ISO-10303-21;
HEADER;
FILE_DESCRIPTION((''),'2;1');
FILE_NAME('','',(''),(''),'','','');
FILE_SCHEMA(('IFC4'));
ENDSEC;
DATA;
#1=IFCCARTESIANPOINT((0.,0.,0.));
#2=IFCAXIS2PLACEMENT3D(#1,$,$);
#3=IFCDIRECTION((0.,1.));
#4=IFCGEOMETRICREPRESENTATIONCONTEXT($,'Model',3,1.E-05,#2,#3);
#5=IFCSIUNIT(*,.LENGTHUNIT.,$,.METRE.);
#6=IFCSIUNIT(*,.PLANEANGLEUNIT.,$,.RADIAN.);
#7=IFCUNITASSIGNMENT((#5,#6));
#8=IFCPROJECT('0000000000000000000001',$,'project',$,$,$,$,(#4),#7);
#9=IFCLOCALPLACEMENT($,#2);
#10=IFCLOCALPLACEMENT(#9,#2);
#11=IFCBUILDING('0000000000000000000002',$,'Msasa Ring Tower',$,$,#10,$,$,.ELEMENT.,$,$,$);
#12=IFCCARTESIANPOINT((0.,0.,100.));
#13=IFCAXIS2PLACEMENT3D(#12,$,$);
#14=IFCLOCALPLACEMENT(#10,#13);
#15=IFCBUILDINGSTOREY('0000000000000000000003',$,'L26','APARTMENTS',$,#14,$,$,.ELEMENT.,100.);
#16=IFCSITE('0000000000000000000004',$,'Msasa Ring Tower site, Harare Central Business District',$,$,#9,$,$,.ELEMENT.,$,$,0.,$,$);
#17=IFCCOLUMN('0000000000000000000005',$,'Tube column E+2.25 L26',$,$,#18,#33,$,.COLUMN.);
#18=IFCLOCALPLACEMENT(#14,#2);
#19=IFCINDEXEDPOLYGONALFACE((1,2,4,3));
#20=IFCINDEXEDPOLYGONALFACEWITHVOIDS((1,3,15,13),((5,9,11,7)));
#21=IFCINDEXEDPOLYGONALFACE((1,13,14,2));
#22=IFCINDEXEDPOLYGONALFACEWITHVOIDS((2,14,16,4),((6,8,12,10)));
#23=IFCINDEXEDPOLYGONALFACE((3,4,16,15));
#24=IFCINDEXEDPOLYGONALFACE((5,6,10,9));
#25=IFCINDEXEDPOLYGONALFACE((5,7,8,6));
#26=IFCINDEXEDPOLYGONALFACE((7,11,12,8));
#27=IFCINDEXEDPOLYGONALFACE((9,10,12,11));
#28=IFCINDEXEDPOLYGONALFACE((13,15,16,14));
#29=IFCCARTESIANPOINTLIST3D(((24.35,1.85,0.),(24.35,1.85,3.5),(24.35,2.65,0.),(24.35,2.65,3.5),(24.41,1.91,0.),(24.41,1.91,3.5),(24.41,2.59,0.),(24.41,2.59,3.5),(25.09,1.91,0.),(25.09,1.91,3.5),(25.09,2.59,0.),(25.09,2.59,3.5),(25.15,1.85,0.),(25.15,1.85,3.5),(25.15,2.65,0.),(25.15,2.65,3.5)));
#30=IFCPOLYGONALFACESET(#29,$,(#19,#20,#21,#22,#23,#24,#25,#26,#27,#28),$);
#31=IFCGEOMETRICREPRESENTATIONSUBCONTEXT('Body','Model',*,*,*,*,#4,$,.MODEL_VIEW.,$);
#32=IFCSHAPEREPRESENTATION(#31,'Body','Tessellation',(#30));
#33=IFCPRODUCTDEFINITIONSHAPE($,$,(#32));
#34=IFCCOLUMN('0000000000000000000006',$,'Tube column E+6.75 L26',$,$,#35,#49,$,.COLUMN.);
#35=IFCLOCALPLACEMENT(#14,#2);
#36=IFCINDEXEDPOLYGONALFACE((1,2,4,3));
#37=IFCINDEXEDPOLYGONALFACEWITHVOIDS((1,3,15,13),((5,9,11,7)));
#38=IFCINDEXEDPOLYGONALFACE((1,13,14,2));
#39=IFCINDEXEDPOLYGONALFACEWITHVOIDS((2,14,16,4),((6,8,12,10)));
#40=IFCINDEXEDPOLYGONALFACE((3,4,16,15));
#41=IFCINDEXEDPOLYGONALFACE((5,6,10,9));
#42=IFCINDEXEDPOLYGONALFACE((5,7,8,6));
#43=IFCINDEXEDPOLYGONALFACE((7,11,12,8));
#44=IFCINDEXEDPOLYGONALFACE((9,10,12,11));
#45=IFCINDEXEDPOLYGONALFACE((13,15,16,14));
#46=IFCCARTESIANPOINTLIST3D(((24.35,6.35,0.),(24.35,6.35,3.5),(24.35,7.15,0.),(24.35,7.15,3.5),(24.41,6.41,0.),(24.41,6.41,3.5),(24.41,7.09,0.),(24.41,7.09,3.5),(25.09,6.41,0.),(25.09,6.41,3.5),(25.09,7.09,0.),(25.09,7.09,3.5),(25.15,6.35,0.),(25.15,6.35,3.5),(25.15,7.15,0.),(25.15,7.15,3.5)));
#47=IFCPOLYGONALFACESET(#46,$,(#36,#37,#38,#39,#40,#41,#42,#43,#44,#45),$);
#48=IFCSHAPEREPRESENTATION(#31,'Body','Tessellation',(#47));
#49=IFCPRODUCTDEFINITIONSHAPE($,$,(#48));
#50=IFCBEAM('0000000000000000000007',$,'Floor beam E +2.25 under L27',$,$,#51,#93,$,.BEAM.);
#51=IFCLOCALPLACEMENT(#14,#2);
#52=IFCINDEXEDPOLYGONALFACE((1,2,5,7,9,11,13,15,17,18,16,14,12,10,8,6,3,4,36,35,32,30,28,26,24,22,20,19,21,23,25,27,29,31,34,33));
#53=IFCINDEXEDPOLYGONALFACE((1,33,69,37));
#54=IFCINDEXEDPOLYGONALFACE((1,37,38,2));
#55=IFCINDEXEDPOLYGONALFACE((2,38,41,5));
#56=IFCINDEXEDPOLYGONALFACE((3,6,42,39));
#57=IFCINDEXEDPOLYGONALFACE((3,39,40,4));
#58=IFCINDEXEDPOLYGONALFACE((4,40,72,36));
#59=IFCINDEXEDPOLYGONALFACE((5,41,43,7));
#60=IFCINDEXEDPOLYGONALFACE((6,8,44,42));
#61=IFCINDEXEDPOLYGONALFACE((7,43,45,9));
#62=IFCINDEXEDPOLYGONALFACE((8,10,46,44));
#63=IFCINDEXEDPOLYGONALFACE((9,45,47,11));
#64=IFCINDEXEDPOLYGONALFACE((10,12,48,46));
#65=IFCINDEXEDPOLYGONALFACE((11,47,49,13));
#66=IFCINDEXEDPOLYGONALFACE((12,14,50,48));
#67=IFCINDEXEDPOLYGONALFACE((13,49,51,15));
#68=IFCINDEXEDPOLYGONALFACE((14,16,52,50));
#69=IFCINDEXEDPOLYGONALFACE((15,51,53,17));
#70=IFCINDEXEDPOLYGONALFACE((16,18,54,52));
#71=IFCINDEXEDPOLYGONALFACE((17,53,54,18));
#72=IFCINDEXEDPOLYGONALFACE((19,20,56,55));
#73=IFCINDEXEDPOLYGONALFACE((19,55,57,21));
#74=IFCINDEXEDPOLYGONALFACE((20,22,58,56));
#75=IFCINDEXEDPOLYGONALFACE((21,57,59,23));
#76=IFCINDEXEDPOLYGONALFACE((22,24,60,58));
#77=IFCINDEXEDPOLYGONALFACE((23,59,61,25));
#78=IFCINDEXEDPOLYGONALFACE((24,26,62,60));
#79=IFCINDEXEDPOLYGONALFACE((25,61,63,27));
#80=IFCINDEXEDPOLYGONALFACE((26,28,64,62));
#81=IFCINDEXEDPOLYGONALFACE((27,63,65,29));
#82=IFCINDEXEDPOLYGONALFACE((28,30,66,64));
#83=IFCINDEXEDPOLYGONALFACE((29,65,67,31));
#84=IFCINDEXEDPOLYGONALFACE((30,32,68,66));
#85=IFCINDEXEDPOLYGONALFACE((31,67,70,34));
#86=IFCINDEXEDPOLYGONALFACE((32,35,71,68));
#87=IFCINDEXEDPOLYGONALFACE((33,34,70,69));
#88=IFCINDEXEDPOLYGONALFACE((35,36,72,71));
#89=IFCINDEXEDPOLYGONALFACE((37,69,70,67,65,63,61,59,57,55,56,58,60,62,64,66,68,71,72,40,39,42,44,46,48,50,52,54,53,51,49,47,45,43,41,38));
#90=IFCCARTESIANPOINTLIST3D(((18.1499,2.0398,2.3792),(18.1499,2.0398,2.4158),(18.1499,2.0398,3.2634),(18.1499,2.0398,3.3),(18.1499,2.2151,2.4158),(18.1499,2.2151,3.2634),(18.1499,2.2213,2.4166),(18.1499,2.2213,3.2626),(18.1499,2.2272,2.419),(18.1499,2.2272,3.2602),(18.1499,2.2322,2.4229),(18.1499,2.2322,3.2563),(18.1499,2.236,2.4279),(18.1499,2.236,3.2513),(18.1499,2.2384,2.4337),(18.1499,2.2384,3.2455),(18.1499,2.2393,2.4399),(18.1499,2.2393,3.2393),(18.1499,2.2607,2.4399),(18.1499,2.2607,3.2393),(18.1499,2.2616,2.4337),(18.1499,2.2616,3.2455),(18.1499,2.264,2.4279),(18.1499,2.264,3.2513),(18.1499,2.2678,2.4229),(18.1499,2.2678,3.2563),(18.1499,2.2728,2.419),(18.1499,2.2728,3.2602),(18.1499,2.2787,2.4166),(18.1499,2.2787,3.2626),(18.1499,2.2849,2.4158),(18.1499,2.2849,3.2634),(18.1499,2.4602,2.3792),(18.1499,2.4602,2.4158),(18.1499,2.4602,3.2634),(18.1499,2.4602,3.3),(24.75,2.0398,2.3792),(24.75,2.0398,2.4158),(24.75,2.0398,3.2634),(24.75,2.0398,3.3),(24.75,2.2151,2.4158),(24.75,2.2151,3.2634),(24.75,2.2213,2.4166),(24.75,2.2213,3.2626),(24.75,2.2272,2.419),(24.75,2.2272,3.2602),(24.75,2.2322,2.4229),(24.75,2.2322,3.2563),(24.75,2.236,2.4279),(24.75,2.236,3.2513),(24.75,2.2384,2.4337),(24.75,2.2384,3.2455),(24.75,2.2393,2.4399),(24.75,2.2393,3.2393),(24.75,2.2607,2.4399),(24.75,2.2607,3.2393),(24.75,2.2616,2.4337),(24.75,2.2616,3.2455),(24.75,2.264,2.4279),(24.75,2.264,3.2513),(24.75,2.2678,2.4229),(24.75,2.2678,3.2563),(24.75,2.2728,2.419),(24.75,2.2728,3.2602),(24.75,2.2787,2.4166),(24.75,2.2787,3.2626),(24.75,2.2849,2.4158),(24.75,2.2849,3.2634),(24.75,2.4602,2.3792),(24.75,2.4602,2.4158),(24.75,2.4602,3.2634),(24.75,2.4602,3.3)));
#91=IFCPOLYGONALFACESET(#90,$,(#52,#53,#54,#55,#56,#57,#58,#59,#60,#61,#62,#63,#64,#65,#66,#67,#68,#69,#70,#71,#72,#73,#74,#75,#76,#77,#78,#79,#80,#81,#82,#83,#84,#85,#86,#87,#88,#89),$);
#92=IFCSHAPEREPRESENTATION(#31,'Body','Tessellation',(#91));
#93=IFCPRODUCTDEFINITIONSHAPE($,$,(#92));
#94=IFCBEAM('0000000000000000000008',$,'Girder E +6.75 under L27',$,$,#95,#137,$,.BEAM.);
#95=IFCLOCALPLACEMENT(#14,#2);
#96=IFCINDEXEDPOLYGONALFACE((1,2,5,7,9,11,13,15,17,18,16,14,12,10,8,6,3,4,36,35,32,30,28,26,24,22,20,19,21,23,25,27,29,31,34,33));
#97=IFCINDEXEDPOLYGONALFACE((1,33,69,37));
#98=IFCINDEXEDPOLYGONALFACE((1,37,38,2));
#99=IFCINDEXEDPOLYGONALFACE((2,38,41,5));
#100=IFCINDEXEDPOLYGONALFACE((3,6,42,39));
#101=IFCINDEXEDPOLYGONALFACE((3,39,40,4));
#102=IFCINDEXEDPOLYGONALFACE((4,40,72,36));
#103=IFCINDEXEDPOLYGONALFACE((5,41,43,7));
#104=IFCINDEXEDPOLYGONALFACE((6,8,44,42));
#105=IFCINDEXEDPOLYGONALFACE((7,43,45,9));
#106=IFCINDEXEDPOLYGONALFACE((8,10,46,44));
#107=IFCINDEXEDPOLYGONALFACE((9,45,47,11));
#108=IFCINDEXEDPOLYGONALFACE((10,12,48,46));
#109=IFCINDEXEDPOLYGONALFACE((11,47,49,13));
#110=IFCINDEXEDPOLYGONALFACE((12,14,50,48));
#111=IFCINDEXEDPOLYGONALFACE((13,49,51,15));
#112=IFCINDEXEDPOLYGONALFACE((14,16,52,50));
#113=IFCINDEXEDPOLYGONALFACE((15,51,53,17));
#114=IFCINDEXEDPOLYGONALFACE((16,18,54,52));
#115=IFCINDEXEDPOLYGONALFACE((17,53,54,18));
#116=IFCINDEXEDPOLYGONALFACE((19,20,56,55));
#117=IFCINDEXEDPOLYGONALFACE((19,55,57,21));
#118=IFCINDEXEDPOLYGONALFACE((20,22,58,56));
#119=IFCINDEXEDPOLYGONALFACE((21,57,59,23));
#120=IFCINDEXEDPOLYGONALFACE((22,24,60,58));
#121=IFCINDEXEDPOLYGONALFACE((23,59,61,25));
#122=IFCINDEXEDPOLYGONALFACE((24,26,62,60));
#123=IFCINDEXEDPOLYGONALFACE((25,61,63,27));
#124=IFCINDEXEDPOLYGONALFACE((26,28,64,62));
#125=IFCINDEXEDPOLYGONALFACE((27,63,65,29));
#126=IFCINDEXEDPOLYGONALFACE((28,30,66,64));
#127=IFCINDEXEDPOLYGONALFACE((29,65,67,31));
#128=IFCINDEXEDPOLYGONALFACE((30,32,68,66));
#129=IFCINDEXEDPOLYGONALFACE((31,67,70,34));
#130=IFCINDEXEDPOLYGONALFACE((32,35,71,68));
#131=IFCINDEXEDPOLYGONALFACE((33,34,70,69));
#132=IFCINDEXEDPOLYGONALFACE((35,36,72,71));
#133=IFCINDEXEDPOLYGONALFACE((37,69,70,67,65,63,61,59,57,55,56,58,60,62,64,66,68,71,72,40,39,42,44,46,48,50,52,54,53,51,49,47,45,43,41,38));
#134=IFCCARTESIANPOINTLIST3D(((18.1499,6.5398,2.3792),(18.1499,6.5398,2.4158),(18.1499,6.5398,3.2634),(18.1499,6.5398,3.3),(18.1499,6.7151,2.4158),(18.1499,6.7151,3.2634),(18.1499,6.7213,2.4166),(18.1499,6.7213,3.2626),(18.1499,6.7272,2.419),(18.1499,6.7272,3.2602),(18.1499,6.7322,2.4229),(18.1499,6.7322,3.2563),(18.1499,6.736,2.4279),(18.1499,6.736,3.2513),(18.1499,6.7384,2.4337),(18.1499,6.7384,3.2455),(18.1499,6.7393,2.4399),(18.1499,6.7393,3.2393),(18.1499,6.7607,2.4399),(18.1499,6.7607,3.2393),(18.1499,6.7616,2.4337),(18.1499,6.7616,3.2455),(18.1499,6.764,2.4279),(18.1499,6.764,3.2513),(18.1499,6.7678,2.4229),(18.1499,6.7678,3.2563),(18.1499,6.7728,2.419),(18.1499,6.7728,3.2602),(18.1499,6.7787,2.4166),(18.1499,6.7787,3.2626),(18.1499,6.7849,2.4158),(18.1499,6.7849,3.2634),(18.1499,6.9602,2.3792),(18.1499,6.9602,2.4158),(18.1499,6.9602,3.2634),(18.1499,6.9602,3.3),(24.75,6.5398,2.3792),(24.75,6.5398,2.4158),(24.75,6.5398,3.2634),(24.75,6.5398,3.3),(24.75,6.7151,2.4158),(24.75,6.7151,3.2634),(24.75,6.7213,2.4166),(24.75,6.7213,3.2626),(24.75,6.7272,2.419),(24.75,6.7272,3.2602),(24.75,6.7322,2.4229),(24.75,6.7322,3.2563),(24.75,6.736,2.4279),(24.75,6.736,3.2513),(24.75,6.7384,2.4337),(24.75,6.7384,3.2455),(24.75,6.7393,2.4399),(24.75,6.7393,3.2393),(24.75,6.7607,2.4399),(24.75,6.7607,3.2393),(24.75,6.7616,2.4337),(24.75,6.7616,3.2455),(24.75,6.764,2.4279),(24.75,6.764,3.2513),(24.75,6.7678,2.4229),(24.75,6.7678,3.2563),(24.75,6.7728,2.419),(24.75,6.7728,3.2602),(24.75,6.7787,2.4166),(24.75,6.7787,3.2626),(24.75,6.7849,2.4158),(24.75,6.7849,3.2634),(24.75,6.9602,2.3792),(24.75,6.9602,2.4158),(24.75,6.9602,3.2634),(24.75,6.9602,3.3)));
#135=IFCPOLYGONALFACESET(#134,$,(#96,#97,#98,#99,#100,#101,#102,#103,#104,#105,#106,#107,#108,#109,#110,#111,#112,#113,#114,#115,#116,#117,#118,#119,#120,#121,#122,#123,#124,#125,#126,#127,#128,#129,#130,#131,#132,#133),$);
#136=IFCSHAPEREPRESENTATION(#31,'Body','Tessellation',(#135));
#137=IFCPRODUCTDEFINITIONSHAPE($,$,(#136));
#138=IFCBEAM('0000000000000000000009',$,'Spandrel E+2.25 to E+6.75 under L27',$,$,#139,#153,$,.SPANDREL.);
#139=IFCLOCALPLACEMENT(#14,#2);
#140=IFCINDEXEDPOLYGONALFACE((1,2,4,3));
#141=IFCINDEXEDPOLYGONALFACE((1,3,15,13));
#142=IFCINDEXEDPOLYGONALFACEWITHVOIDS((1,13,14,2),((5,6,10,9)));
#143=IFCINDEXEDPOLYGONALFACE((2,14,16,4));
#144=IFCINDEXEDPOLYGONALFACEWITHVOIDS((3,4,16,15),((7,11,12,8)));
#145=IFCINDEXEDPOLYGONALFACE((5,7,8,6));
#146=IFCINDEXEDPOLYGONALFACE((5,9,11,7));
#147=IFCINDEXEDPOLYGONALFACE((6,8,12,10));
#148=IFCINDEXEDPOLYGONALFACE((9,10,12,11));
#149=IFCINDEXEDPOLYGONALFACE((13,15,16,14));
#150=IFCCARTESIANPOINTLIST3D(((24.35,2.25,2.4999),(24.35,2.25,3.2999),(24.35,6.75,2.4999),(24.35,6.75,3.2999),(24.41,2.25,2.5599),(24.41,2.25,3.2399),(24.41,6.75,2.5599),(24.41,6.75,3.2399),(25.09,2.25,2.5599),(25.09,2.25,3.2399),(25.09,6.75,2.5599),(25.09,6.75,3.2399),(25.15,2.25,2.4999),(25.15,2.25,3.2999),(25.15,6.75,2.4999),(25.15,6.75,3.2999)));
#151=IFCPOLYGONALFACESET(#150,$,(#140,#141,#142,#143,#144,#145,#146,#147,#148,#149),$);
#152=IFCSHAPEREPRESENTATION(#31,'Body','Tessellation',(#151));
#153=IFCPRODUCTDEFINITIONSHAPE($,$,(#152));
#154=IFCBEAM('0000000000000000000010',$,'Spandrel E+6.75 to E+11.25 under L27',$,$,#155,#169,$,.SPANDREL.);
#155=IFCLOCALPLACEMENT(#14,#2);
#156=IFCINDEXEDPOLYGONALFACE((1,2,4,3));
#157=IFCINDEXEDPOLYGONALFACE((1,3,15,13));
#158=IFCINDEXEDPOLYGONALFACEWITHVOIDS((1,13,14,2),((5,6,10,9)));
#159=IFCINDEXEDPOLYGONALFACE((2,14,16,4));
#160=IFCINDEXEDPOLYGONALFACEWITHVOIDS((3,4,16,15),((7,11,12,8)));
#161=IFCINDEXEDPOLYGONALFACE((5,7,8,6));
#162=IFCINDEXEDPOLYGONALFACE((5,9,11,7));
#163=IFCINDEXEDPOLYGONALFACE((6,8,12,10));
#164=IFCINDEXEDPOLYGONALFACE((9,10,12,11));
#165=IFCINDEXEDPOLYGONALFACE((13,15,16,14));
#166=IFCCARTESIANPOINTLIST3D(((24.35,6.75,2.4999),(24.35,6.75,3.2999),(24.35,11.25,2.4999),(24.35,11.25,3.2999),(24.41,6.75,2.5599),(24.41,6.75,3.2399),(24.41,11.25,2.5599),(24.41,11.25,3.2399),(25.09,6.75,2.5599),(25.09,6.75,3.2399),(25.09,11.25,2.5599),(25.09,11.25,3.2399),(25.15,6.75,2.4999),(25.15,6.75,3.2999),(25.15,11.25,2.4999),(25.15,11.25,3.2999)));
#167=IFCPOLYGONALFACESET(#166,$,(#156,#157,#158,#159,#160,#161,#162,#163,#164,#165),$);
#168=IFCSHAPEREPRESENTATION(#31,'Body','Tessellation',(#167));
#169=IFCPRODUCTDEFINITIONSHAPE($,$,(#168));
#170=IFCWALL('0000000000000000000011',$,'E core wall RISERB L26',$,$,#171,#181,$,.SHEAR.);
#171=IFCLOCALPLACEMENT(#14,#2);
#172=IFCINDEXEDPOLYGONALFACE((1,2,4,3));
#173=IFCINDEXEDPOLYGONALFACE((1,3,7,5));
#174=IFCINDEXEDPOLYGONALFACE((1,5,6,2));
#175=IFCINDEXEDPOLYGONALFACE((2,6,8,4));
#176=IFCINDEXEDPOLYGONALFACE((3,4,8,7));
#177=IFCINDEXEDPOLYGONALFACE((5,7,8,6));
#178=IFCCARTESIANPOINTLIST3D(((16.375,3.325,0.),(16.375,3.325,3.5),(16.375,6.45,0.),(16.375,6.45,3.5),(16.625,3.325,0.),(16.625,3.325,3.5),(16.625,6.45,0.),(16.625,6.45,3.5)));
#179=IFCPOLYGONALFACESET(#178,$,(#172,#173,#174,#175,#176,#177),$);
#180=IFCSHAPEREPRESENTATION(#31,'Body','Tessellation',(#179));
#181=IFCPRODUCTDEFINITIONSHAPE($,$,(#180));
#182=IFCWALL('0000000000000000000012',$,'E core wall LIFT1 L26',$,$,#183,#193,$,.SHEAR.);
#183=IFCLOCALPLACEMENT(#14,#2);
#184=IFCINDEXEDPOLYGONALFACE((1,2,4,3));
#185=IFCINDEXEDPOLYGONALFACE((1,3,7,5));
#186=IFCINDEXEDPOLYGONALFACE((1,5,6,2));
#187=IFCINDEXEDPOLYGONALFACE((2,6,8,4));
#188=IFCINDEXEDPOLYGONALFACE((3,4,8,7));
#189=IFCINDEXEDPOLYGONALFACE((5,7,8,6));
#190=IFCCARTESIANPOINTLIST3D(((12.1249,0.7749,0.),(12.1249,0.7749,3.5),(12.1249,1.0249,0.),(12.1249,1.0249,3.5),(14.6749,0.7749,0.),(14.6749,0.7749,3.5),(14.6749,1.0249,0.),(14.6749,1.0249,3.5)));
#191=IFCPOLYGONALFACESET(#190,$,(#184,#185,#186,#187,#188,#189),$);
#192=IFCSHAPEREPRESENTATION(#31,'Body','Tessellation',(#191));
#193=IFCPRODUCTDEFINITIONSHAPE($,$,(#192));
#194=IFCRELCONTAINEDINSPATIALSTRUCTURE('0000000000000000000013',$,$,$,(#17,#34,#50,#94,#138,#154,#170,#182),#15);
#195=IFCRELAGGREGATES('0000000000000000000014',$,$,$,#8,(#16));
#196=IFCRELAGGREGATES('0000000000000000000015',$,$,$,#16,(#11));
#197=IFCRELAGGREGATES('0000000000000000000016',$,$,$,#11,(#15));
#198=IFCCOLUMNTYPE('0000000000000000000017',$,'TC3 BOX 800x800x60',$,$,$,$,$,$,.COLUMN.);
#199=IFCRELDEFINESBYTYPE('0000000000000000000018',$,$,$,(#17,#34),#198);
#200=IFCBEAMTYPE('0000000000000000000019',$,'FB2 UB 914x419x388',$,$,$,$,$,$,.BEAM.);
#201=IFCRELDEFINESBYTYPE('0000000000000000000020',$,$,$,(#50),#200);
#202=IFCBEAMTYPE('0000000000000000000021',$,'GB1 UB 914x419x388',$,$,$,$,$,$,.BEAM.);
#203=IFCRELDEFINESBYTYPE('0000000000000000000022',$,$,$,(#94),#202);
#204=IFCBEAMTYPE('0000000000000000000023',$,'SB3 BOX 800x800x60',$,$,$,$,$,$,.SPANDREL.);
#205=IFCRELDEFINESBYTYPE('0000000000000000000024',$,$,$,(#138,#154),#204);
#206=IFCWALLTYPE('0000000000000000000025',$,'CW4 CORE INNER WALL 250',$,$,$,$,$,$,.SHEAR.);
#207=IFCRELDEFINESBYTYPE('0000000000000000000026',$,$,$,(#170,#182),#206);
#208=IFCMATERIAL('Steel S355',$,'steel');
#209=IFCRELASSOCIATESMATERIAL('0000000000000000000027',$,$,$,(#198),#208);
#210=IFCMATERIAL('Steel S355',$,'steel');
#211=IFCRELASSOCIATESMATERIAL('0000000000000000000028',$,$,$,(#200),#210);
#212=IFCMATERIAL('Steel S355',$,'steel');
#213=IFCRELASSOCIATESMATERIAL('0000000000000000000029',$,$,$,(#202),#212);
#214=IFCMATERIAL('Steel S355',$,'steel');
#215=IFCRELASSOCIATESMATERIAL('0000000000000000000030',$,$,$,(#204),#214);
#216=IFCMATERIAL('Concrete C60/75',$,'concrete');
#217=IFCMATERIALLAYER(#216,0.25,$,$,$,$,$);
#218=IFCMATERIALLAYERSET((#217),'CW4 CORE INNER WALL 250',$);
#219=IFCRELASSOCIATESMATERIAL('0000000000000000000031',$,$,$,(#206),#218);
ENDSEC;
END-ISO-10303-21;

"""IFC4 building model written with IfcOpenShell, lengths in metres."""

from ifc_helpers import new_model, si_unit, direction, frame, frame_2d, origin, origin_2d, place, context, subcontext, project, spatial, rectangle, hollow_rectangle, i_section, extrude, material, layer, layer_set, material_profile, profile_set, type_object, element, save


model = new_model("IFC4")

# Units and contexts
model_context = context("Model", 3, precision=1e-05, world=origin(), true_north=direction((0.0, 1.0)))
body_context = subcontext(model_context, "Body", "Model", "MODEL_VIEW")
ifc_project = project(units=[si_unit("LENGTHUNIT", "METRE"), si_unit("PLANEANGLEUNIT", "RADIAN")], contexts=[model_context])

# Site, building, storey
site_placement = place(None, origin())
site = spatial("IfcSite", under=ifc_project, at=site_placement, Name="Msasa Ring Tower site, Harare Central Business District", CompositionType="ELEMENT", RefElevation=0.0)
building_placement = place(site_placement, origin())
building = spatial("IfcBuilding", under=site, at=building_placement, Name="Msasa Ring Tower", CompositionType="ELEMENT")
storey_placement = place(building_placement, frame((0.0, 0.0, 100.0)))
storey = spatial("IfcBuildingStorey", under=building, at=storey_placement, Name="L26", Description="APARTMENTS", CompositionType="ELEMENT", Elevation=100.0)

# Columns
ifc_material_1 = material(Name="Steel S355", Category="steel")
ifc_material_profile_1 = material_profile(ifc_material_1, hollow_rectangle(XDim=0.8, YDim=0.8, WallThickness=0.0601, at=origin_2d()), Name="BOX 800x800x60")
ifc_profile_set_1 = profile_set([ifc_material_profile_1], Name="Steel S355")
column_type = type_object("IfcColumnType", Name="TC3 BOX 800x800x60", PredefinedType="COLUMN", material=ifc_profile_set_1)
for number, where, z_axis, x_axis, name in (
    (1, (24.75, 2.25, 0.0), (0.0, 0.0, 1.0), (1.0, 0.0, 0.0), "Tube column E+2.25 L26"),
    (2, (24.75, 6.75, 0.0), (0.0, 0.0, 1.0), (1.0, 0.0, 0.0), "Tube column E+6.75 L26"),
):
    element("IfcColumn", number, at=place(storey_placement, frame(where, z_axis=z_axis, x_axis=x_axis)), inside=storey, type_object=column_type, Name=name, PredefinedType="COLUMN", context=body_context, shape_type="SweptSolid", body=[
        extrude(hollow_rectangle(XDim=0.8, YDim=0.8, WallThickness=0.0601, at=origin_2d()), origin(), (0.0, 0.0, 1.0), 3.5),
    ])

# Beams
ifc_material_2 = material(Name="Steel S355", Category="steel")
ifc_material_profile_2 = material_profile(ifc_material_2, i_section(OverallWidth=0.4204, OverallDepth=0.9209, WebThickness=0.0215, FlangeThickness=0.0366, FilletRadius=0.0242, at=origin_2d()), Name="UB 914x419x388")
ifc_profile_set_2 = profile_set([ifc_material_profile_2], Name="Steel S355")
beam_type_1 = type_object("IfcBeamType", Name="FB2 UB 914x419x388", PredefinedType="BEAM", material=ifc_profile_set_2)
beam_1_placement = place(storey_placement, frame((24.75, 2.25, 2.8396), z_axis=(-1.0, 0.0, 0.0), x_axis=(0.0, -1.0, 0.0)))
element("IfcBeam", 3, at=beam_1_placement, inside=storey, type_object=beam_type_1, Name="Floor beam E +2.25 under L27", PredefinedType="BEAM", context=body_context, shape_type="SweptSolid", body=[
    extrude(i_section(OverallWidth=0.4204, OverallDepth=0.9209, WebThickness=0.0215, FlangeThickness=0.0366, FilletRadius=0.0242, at=origin_2d()), origin(), (0.0, 0.0, 1.0), 6.6001),
])
ifc_material_3 = material(Name="Steel S355", Category="steel")
ifc_material_profile_3 = material_profile(ifc_material_3, i_section(OverallWidth=0.4204, OverallDepth=0.9209, WebThickness=0.0215, FlangeThickness=0.0366, FilletRadius=0.0242, at=origin_2d()), Name="UB 914x419x388")
ifc_profile_set_3 = profile_set([ifc_material_profile_3], Name="Steel S355")
beam_type_2 = type_object("IfcBeamType", Name="GB1 UB 914x419x388", PredefinedType="BEAM", material=ifc_profile_set_3)
beam_2_placement = place(storey_placement, frame((18.1499, 6.75, 2.8396), z_axis=(1.0, 0.0, 0.0), x_axis=(0.0, 1.0, 0.0)))
element("IfcBeam", 4, at=beam_2_placement, inside=storey, type_object=beam_type_2, Name="Girder E +6.75 under L27", PredefinedType="BEAM", context=body_context, shape_type="SweptSolid", body=[
    extrude(i_section(OverallWidth=0.4204, OverallDepth=0.9209, WebThickness=0.0215, FlangeThickness=0.0366, FilletRadius=0.0242, at=origin_2d()), origin(), (0.0, 0.0, 1.0), 6.6001),
])
ifc_material_4 = material(Name="Steel S355", Category="steel")
ifc_material_profile_4 = material_profile(ifc_material_4, hollow_rectangle(XDim=0.8, YDim=0.8, WallThickness=0.0601, at=origin_2d()), Name="BOX 800x800x60")
ifc_profile_set_4 = profile_set([ifc_material_profile_4], Name="Steel S355")
beam_type_3 = type_object("IfcBeamType", Name="SB3 BOX 800x800x60", PredefinedType="SPANDREL", material=ifc_profile_set_4)
for number, where, z_axis, x_axis, name in (
    (5, (24.75, 2.25, 2.8999), (0.0, 1.0, 0.0), (-1.0, 0.0, 0.0), "Spandrel E+2.25 to E+6.75 under L27"),
    (6, (24.75, 6.75, 2.8999), (0.0, 1.0, 0.0), (-1.0, 0.0, 0.0), "Spandrel E+6.75 to E+11.25 under L27"),
):
    element("IfcBeam", number, at=place(storey_placement, frame(where, z_axis=z_axis, x_axis=x_axis)), inside=storey, type_object=beam_type_3, Name=name, PredefinedType="SPANDREL", context=body_context, shape_type="SweptSolid", body=[
        extrude(hollow_rectangle(XDim=0.8, YDim=0.8, WallThickness=0.0601, at=origin_2d()), origin(), (0.0, 0.0, 1.0), 4.5),
    ])

# Walls
ifc_material_5 = material(Name="Concrete C60/75", Category="concrete")
ifc_layer_1 = layer(ifc_material_5, 0.25)
ifc_layer_set_1 = layer_set([ifc_layer_1], Name="CW4 CORE INNER WALL 250")
wall_type_1 = type_object("IfcWallType", Name="CW4 CORE INNER WALL 250", PredefinedType="SHEAR", material=ifc_layer_set_1)
wall_1_placement = place(storey_placement, frame((16.5, 3.325, 0.0), z_axis=(0.0, 0.0, 1.0), x_axis=(0.0, 1.0, 0.0)))
element("IfcWall", 7, at=wall_1_placement, inside=storey, type_object=wall_type_1, Name="E core wall RISERB L26", PredefinedType="SHEAR", context=body_context, shape_type="SweptSolid", body=[
    extrude(rectangle(XDim=3.125, YDim=0.25, at=frame_2d((1.5625, 0.0))), origin(), (0.0, 0.0, 1.0), 3.5),
])
wall_2_placement = place(storey_placement, frame((12.125, 0.8999, 0.0), z_axis=(0.0, 0.0, 1.0), x_axis=(1.0, 0.0, 0.0)))
element("IfcWall", 8, at=wall_2_placement, inside=storey, type_object=wall_type_1, Name="E core wall LIFT1 L26", PredefinedType="SHEAR", context=body_context, shape_type="SweptSolid", body=[
    extrude(rectangle(XDim=2.55, YDim=0.25, at=frame_2d((1.2749, 0.0))), origin(), (0.0, 0.0, 1.0), 3.5),
])

save(model, "model.ifc")
